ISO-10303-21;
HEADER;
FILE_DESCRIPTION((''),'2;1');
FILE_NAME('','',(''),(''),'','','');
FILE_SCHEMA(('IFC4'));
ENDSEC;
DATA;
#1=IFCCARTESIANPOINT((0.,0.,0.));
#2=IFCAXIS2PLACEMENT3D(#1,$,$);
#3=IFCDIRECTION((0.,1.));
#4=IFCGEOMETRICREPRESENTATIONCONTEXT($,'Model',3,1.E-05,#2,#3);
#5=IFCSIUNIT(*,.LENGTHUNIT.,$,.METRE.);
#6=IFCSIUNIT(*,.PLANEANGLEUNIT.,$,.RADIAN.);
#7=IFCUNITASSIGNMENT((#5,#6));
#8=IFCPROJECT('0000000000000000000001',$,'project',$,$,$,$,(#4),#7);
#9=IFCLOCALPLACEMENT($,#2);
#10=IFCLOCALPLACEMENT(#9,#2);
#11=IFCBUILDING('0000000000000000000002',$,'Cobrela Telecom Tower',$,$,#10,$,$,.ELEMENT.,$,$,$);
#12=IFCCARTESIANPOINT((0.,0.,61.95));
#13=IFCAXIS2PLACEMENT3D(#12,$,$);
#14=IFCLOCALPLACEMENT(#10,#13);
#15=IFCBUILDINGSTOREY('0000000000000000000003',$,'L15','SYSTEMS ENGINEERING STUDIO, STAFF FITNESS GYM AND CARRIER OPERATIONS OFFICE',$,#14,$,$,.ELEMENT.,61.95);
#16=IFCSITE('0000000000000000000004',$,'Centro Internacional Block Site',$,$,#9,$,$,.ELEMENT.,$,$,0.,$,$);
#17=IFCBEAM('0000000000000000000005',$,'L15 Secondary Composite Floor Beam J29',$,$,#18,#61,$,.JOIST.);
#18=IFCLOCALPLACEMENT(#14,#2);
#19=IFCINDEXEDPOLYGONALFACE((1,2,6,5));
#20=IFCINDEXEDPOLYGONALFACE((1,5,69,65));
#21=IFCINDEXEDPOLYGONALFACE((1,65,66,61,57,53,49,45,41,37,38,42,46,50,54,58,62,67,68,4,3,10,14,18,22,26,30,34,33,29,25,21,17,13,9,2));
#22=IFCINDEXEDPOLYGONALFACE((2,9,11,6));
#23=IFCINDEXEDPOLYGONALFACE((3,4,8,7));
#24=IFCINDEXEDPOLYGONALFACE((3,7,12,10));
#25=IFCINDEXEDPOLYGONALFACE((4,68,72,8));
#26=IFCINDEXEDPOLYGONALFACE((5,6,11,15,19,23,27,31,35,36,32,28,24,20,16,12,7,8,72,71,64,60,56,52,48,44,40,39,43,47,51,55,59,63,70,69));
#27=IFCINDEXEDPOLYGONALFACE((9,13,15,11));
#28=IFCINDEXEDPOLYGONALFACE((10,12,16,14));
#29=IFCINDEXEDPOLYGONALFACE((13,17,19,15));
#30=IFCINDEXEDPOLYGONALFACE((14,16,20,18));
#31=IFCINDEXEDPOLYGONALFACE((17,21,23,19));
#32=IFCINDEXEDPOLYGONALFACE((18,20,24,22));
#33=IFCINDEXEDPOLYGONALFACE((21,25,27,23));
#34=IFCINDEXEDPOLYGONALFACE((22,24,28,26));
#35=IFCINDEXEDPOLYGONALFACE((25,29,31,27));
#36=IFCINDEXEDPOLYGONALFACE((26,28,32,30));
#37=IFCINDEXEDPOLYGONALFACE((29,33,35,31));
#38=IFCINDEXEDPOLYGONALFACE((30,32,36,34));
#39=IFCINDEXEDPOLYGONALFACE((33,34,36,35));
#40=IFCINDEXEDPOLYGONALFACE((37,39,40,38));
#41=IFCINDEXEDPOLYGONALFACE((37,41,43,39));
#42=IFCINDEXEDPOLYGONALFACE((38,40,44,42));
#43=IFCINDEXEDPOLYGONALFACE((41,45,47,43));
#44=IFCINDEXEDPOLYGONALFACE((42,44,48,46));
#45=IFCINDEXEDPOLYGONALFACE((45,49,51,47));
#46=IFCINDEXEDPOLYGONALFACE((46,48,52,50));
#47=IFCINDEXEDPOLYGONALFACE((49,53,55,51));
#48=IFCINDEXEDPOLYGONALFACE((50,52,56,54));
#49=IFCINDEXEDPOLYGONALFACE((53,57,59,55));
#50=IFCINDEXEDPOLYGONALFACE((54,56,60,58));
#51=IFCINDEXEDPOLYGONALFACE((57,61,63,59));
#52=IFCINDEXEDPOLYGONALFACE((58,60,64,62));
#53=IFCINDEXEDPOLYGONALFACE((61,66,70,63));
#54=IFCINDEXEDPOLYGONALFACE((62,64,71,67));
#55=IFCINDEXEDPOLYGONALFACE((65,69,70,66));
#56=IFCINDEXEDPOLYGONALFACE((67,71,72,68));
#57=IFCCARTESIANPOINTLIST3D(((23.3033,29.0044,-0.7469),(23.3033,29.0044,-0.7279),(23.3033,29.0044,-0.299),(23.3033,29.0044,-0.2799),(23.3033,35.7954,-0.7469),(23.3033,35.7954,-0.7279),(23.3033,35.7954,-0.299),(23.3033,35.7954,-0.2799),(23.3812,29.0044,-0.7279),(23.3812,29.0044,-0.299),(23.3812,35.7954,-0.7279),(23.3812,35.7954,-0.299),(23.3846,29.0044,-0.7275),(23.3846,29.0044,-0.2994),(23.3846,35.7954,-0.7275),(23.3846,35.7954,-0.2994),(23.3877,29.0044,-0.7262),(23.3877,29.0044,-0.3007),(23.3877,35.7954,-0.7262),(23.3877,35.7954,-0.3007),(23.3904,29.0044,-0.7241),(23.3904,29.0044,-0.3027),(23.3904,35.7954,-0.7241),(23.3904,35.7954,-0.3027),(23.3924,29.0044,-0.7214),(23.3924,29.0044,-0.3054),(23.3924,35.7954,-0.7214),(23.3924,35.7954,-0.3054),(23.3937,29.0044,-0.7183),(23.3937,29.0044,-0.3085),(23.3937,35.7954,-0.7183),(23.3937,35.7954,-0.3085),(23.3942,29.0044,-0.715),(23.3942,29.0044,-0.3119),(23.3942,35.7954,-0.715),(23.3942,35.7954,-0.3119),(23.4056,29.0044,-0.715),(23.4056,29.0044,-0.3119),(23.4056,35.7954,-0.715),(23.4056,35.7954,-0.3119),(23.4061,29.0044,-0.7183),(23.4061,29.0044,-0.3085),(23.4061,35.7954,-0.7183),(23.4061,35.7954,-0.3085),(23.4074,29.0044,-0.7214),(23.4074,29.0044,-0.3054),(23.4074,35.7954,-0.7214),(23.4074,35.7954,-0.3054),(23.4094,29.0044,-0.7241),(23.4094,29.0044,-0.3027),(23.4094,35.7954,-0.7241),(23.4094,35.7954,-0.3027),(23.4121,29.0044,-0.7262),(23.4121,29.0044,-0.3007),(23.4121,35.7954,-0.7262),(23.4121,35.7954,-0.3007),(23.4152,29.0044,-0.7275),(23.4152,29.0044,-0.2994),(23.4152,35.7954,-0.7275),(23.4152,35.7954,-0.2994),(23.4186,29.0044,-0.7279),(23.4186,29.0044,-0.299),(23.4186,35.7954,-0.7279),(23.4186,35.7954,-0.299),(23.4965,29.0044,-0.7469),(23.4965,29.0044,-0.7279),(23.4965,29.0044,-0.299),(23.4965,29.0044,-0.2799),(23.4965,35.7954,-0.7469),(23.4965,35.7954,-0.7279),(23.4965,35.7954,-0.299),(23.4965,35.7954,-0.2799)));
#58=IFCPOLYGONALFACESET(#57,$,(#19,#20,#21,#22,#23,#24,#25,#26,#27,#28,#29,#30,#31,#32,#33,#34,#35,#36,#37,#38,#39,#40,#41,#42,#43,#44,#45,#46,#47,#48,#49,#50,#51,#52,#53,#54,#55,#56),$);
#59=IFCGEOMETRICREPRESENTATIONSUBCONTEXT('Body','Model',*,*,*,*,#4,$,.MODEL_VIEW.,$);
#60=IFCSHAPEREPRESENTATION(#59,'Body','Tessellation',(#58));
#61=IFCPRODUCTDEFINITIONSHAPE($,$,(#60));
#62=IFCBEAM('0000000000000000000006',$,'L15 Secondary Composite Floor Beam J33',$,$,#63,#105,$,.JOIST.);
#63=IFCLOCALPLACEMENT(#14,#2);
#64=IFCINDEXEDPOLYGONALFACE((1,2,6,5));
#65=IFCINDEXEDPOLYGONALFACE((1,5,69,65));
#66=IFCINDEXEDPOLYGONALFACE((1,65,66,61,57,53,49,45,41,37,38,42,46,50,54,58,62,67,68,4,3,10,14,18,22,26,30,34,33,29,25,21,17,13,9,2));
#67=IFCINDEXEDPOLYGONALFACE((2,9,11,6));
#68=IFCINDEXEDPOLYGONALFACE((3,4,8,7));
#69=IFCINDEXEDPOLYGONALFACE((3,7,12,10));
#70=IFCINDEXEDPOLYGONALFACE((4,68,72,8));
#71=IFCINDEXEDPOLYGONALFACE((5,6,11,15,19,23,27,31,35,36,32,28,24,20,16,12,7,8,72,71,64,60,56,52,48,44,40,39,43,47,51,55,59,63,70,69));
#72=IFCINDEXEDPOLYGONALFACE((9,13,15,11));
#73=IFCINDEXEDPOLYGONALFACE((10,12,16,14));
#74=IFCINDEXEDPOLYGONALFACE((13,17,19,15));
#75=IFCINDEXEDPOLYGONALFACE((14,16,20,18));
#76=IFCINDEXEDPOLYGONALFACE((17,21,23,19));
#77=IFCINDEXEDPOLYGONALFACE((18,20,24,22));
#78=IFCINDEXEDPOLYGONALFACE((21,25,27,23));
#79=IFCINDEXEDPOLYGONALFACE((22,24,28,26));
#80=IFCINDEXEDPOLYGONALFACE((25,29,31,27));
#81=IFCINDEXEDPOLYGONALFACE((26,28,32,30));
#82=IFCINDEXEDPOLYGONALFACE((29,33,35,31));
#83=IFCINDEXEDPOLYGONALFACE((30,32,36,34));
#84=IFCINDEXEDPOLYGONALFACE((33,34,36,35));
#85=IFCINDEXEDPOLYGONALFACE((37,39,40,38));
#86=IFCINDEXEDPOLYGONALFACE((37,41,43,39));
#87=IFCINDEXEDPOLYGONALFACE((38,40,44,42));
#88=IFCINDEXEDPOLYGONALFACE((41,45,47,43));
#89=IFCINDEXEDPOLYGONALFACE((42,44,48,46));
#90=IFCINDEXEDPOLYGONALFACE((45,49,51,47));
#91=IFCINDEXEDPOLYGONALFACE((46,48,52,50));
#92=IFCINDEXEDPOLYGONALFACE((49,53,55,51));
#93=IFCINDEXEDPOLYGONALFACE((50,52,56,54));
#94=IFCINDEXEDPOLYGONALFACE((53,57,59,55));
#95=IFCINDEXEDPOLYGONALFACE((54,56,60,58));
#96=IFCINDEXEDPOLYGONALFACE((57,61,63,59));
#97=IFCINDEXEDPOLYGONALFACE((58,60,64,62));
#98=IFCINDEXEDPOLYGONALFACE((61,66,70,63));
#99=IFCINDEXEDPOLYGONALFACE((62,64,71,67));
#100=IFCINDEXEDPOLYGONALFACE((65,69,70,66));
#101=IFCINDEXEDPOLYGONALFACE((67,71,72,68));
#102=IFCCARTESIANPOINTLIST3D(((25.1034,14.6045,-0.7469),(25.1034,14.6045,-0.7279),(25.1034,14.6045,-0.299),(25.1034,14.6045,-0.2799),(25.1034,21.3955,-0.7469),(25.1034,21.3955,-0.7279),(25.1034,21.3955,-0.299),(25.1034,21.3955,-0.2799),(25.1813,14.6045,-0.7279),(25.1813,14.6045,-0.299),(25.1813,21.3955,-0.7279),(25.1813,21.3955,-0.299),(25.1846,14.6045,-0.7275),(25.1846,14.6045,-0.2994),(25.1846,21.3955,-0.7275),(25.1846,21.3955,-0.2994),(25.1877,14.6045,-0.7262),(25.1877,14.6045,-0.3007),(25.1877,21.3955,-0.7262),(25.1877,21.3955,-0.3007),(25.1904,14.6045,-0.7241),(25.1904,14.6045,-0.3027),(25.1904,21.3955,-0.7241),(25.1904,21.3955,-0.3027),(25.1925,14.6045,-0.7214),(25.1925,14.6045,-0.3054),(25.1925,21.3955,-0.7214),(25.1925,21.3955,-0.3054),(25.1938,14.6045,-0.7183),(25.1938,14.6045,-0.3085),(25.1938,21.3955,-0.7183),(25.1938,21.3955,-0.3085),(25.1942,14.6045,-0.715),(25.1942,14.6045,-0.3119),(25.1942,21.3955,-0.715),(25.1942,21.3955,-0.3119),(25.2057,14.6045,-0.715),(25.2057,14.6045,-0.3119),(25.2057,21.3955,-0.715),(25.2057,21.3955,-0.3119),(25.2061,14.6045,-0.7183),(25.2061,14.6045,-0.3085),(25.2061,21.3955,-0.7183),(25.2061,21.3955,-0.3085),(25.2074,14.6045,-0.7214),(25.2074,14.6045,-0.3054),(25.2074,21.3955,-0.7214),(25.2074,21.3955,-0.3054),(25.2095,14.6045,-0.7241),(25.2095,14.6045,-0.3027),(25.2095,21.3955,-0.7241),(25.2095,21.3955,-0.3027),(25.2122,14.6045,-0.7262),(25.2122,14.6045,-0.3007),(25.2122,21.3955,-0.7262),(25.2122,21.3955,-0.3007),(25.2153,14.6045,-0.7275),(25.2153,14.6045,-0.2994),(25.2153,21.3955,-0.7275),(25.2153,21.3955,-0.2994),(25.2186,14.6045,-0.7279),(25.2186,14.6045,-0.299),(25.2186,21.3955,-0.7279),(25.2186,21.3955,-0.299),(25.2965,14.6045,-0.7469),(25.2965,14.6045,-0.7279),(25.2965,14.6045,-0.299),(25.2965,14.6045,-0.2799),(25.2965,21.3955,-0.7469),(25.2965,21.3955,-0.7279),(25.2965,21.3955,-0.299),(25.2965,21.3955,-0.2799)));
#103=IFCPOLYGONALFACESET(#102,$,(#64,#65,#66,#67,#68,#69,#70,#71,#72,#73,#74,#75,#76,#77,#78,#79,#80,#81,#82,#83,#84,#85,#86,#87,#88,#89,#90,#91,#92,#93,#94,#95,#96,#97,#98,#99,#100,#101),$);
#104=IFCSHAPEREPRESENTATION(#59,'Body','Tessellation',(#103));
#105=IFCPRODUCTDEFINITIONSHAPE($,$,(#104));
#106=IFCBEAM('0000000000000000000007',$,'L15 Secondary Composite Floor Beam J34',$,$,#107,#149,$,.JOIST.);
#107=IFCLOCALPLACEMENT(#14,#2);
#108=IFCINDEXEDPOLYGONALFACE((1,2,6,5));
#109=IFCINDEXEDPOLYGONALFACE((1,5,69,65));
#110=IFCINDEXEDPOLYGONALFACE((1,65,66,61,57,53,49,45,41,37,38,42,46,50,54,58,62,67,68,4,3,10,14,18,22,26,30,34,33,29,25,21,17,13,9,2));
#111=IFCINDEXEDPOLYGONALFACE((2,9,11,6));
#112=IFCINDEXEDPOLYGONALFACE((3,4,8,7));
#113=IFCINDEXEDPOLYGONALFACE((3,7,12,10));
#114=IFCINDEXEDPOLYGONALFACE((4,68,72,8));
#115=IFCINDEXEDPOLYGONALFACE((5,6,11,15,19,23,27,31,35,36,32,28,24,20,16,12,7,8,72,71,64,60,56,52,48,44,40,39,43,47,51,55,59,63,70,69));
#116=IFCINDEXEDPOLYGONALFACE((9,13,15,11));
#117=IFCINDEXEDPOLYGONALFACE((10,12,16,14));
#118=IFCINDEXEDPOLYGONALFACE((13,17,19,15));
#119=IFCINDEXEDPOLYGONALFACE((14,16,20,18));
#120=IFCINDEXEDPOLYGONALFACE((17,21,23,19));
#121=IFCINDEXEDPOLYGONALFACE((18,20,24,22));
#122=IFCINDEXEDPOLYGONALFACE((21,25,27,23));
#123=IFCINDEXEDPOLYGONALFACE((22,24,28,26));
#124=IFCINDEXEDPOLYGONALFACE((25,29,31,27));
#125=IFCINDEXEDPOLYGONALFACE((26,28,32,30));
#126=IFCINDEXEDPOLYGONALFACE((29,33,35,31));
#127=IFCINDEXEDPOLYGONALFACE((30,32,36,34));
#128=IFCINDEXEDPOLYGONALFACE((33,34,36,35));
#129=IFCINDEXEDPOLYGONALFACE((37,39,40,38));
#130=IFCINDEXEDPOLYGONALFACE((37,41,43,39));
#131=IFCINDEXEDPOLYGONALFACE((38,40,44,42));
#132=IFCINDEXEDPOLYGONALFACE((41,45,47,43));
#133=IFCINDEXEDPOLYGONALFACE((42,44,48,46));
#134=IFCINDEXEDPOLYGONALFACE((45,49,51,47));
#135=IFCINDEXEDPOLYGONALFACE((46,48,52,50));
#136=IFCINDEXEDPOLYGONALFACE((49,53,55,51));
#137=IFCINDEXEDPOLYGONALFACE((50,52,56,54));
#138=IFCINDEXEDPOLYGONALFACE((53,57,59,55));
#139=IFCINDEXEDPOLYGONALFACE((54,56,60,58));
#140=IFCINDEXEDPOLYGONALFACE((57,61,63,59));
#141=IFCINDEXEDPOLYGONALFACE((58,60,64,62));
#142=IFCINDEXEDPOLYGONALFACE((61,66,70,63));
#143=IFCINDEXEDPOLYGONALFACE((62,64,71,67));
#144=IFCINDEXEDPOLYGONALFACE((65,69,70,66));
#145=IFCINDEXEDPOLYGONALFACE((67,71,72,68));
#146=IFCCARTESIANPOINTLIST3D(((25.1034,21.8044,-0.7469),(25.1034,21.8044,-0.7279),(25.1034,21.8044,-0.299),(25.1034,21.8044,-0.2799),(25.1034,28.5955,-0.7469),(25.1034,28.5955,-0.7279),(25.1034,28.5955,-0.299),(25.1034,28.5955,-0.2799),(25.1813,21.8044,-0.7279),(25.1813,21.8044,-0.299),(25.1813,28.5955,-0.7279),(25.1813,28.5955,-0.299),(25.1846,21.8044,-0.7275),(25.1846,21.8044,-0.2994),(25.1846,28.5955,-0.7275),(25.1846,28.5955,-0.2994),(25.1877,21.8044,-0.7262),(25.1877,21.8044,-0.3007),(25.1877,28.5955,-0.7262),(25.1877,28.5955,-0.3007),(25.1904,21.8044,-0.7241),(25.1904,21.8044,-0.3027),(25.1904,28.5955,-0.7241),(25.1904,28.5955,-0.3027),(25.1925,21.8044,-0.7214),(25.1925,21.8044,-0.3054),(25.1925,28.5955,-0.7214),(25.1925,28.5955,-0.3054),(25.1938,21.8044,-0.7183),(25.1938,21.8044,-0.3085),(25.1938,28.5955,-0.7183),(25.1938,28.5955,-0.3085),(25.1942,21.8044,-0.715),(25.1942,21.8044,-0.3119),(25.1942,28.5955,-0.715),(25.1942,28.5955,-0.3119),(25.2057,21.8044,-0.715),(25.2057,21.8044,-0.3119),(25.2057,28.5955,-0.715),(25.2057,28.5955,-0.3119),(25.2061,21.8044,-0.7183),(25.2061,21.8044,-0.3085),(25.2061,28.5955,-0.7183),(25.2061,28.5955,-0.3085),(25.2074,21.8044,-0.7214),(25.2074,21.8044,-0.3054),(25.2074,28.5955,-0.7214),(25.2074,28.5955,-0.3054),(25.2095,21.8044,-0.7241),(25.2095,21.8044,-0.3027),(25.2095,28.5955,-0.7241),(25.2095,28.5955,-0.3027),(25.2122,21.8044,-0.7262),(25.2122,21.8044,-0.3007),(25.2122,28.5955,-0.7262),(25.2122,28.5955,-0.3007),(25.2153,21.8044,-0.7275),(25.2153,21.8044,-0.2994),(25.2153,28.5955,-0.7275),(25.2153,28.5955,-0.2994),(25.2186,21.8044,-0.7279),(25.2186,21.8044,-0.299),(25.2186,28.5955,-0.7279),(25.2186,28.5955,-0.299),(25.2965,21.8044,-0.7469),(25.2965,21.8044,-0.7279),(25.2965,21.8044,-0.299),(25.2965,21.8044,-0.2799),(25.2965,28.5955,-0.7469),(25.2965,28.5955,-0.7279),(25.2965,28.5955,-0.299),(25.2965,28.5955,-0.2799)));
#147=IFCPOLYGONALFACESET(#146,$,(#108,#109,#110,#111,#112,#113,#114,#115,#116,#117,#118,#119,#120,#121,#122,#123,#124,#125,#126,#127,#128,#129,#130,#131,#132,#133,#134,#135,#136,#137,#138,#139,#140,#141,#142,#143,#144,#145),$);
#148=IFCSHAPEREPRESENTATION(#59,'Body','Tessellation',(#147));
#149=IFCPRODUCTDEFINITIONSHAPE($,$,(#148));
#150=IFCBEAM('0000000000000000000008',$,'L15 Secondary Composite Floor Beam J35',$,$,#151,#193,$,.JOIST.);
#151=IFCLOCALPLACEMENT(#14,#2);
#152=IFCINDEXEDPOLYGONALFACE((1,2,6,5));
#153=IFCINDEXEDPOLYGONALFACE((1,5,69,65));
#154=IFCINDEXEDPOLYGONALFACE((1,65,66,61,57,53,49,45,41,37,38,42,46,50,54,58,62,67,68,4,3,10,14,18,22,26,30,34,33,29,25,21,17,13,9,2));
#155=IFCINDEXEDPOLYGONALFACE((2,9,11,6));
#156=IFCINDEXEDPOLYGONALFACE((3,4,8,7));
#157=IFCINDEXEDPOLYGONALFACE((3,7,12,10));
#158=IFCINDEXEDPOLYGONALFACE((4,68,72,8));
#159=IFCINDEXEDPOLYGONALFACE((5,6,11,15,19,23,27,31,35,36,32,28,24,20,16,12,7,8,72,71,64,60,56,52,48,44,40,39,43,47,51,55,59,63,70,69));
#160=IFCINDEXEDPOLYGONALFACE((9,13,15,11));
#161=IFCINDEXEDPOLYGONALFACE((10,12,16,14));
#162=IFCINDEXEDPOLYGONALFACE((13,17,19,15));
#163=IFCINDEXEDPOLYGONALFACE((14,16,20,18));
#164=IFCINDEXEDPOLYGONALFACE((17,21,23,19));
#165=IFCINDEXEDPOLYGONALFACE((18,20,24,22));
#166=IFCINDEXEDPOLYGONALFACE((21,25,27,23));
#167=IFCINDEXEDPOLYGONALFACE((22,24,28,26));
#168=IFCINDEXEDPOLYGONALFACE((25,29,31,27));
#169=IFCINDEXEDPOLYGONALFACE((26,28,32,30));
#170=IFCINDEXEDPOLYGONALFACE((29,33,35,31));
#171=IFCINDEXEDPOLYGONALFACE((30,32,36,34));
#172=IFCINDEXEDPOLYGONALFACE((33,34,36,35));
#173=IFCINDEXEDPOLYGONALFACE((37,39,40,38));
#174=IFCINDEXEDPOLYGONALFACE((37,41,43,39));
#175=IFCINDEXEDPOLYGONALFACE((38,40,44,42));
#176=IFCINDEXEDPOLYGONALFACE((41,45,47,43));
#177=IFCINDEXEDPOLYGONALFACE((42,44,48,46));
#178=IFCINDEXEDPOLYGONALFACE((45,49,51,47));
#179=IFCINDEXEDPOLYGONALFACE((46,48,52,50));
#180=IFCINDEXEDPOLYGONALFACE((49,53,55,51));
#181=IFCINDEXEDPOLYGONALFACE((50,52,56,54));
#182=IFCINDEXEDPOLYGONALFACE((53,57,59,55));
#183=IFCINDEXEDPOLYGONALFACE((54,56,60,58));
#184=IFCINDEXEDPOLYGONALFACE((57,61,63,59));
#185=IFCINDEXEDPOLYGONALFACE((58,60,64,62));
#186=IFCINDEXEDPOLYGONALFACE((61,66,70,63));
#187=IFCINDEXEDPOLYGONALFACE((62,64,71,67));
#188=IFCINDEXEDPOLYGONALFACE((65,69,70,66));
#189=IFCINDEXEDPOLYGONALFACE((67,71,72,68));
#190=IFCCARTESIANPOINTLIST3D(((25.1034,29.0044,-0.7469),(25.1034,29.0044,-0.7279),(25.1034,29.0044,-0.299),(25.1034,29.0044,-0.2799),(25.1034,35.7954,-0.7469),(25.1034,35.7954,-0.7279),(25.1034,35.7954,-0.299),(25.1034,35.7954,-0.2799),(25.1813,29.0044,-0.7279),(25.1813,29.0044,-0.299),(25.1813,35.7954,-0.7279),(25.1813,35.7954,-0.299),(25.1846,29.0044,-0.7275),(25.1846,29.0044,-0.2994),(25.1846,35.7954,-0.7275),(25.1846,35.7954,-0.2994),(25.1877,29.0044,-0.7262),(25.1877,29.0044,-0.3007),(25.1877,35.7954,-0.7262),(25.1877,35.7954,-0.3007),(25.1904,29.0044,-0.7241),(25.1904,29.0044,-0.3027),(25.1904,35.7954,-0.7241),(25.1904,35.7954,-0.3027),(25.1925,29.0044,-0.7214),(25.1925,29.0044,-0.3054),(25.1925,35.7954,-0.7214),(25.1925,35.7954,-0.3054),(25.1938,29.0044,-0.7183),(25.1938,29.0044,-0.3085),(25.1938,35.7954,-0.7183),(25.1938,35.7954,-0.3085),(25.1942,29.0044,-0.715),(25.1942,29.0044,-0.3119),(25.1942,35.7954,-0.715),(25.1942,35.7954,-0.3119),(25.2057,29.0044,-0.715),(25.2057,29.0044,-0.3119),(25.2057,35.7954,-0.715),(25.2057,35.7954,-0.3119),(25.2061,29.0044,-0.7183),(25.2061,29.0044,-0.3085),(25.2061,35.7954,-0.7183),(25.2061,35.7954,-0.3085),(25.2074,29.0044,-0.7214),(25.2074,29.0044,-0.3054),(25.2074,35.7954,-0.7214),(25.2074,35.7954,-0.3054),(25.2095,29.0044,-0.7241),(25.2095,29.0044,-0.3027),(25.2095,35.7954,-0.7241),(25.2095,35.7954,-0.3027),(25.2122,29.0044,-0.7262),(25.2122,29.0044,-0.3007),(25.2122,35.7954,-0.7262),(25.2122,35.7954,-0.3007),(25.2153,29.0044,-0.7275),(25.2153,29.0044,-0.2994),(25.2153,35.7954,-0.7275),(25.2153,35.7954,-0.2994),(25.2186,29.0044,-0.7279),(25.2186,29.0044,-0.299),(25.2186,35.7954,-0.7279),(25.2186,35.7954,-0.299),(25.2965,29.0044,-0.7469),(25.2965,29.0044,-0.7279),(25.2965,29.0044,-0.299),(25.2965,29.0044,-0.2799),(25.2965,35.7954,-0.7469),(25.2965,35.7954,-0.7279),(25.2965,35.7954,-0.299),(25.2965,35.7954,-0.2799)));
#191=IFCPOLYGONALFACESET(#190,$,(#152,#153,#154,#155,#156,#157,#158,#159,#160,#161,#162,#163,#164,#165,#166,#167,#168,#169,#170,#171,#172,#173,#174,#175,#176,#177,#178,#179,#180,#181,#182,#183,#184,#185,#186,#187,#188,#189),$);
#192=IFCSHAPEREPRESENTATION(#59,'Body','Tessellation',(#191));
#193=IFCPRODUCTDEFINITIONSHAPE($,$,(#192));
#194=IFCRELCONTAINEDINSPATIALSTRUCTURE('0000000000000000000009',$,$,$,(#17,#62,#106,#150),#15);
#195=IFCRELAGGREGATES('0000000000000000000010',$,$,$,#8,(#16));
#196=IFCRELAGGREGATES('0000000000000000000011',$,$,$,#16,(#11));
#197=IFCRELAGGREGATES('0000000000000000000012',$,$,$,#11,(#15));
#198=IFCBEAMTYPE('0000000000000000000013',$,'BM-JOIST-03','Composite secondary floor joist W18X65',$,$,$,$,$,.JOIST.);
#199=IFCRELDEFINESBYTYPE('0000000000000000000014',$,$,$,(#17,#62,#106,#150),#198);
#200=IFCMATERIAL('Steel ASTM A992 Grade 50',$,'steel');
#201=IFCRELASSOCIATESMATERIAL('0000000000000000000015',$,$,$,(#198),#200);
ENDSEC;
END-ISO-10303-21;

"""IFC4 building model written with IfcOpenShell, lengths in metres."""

from ifc_helpers import new_model, si_unit, direction, frame, origin, origin_2d, place, context, subcontext, project, spatial, i_section, extrude, material, material_profile, profile_set, type_object, element, save


model = new_model("IFC4")

# Units and contexts
model_context = context("Model", 3, precision=1e-05, world=origin(), true_north=direction((0.0, 1.0)))
body_context = subcontext(model_context, "Body", "Model", "MODEL_VIEW")
ifc_project = project(units=[si_unit("LENGTHUNIT", "METRE"), si_unit("PLANEANGLEUNIT", "RADIAN")], contexts=[model_context])

# Site, building, storey
site_placement = place(None, origin())
site = spatial("IfcSite", under=ifc_project, at=site_placement, Name="Centro Internacional Block Site", CompositionType="ELEMENT", RefElevation=0.0)
building_placement = place(site_placement, origin())
building = spatial("IfcBuilding", under=site, at=building_placement, Name="Cobrela Telecom Tower", CompositionType="ELEMENT")
storey_placement = place(building_placement, frame((0.0, 0.0, 61.95)))
storey = spatial("IfcBuildingStorey", under=building, at=storey_placement, Name="L15", Description="SYSTEMS ENGINEERING STUDIO, STAFF FITNESS GYM AND CARRIER OPERATIONS OFFICE", CompositionType="ELEMENT", Elevation=61.95)

# Shared definitions
ifc_material_1 = material(Name="Steel ASTM A992 Grade 50", Category="steel")

# Beams
ifc_material_profile_1 = material_profile(ifc_material_1, i_section(OverallWidth=0.1931, OverallDepth=0.467, WebThickness=0.0115, FlangeThickness=0.019, FilletRadius=0.0129, at=origin_2d()), Name="W18X65")
ifc_profile_set_1 = profile_set([ifc_material_profile_1], Name="Steel ASTM A992 Grade 50")
beam_type_1 = type_object("IfcBeamType", Name="BM-JOIST-03", Description="Composite secondary floor joist W18X65", PredefinedType="JOIST", material=ifc_profile_set_1)
for number, where, z_axis, x_axis, name in (
    (1, (23.3999, 29.0044, -0.5134), (0.0, 1.0, 0.0), (-1.0, 0.0, 0.0), "L15 Secondary Composite Floor Beam J29"),
    (2, (25.2, 14.6045, -0.5134), (0.0, 1.0, 0.0), (-1.0, 0.0, 0.0), "L15 Secondary Composite Floor Beam J33"),
    (3, (25.2, 21.8044, -0.5134), (0.0, 1.0, 0.0), (-1.0, 0.0, 0.0), "L15 Secondary Composite Floor Beam J34"),
    (4, (25.2, 29.0044, -0.5134), (0.0, 1.0, 0.0), (-1.0, 0.0, 0.0), "L15 Secondary Composite Floor Beam J35"),
):
    element("IfcBeam", number, at=place(storey_placement, frame(where, z_axis=z_axis, x_axis=x_axis)), inside=storey, type_object=beam_type_1, Name=name, PredefinedType="JOIST", context=body_context, shape_type="SweptSolid", body=[
        extrude(i_section(OverallWidth=0.1931, OverallDepth=0.467, WebThickness=0.0115, FlangeThickness=0.019, FilletRadius=0.0129, at=origin_2d()), origin(), (0.0, 0.0, 1.0), 6.791),
    ])

save(model, "model.ifc")
